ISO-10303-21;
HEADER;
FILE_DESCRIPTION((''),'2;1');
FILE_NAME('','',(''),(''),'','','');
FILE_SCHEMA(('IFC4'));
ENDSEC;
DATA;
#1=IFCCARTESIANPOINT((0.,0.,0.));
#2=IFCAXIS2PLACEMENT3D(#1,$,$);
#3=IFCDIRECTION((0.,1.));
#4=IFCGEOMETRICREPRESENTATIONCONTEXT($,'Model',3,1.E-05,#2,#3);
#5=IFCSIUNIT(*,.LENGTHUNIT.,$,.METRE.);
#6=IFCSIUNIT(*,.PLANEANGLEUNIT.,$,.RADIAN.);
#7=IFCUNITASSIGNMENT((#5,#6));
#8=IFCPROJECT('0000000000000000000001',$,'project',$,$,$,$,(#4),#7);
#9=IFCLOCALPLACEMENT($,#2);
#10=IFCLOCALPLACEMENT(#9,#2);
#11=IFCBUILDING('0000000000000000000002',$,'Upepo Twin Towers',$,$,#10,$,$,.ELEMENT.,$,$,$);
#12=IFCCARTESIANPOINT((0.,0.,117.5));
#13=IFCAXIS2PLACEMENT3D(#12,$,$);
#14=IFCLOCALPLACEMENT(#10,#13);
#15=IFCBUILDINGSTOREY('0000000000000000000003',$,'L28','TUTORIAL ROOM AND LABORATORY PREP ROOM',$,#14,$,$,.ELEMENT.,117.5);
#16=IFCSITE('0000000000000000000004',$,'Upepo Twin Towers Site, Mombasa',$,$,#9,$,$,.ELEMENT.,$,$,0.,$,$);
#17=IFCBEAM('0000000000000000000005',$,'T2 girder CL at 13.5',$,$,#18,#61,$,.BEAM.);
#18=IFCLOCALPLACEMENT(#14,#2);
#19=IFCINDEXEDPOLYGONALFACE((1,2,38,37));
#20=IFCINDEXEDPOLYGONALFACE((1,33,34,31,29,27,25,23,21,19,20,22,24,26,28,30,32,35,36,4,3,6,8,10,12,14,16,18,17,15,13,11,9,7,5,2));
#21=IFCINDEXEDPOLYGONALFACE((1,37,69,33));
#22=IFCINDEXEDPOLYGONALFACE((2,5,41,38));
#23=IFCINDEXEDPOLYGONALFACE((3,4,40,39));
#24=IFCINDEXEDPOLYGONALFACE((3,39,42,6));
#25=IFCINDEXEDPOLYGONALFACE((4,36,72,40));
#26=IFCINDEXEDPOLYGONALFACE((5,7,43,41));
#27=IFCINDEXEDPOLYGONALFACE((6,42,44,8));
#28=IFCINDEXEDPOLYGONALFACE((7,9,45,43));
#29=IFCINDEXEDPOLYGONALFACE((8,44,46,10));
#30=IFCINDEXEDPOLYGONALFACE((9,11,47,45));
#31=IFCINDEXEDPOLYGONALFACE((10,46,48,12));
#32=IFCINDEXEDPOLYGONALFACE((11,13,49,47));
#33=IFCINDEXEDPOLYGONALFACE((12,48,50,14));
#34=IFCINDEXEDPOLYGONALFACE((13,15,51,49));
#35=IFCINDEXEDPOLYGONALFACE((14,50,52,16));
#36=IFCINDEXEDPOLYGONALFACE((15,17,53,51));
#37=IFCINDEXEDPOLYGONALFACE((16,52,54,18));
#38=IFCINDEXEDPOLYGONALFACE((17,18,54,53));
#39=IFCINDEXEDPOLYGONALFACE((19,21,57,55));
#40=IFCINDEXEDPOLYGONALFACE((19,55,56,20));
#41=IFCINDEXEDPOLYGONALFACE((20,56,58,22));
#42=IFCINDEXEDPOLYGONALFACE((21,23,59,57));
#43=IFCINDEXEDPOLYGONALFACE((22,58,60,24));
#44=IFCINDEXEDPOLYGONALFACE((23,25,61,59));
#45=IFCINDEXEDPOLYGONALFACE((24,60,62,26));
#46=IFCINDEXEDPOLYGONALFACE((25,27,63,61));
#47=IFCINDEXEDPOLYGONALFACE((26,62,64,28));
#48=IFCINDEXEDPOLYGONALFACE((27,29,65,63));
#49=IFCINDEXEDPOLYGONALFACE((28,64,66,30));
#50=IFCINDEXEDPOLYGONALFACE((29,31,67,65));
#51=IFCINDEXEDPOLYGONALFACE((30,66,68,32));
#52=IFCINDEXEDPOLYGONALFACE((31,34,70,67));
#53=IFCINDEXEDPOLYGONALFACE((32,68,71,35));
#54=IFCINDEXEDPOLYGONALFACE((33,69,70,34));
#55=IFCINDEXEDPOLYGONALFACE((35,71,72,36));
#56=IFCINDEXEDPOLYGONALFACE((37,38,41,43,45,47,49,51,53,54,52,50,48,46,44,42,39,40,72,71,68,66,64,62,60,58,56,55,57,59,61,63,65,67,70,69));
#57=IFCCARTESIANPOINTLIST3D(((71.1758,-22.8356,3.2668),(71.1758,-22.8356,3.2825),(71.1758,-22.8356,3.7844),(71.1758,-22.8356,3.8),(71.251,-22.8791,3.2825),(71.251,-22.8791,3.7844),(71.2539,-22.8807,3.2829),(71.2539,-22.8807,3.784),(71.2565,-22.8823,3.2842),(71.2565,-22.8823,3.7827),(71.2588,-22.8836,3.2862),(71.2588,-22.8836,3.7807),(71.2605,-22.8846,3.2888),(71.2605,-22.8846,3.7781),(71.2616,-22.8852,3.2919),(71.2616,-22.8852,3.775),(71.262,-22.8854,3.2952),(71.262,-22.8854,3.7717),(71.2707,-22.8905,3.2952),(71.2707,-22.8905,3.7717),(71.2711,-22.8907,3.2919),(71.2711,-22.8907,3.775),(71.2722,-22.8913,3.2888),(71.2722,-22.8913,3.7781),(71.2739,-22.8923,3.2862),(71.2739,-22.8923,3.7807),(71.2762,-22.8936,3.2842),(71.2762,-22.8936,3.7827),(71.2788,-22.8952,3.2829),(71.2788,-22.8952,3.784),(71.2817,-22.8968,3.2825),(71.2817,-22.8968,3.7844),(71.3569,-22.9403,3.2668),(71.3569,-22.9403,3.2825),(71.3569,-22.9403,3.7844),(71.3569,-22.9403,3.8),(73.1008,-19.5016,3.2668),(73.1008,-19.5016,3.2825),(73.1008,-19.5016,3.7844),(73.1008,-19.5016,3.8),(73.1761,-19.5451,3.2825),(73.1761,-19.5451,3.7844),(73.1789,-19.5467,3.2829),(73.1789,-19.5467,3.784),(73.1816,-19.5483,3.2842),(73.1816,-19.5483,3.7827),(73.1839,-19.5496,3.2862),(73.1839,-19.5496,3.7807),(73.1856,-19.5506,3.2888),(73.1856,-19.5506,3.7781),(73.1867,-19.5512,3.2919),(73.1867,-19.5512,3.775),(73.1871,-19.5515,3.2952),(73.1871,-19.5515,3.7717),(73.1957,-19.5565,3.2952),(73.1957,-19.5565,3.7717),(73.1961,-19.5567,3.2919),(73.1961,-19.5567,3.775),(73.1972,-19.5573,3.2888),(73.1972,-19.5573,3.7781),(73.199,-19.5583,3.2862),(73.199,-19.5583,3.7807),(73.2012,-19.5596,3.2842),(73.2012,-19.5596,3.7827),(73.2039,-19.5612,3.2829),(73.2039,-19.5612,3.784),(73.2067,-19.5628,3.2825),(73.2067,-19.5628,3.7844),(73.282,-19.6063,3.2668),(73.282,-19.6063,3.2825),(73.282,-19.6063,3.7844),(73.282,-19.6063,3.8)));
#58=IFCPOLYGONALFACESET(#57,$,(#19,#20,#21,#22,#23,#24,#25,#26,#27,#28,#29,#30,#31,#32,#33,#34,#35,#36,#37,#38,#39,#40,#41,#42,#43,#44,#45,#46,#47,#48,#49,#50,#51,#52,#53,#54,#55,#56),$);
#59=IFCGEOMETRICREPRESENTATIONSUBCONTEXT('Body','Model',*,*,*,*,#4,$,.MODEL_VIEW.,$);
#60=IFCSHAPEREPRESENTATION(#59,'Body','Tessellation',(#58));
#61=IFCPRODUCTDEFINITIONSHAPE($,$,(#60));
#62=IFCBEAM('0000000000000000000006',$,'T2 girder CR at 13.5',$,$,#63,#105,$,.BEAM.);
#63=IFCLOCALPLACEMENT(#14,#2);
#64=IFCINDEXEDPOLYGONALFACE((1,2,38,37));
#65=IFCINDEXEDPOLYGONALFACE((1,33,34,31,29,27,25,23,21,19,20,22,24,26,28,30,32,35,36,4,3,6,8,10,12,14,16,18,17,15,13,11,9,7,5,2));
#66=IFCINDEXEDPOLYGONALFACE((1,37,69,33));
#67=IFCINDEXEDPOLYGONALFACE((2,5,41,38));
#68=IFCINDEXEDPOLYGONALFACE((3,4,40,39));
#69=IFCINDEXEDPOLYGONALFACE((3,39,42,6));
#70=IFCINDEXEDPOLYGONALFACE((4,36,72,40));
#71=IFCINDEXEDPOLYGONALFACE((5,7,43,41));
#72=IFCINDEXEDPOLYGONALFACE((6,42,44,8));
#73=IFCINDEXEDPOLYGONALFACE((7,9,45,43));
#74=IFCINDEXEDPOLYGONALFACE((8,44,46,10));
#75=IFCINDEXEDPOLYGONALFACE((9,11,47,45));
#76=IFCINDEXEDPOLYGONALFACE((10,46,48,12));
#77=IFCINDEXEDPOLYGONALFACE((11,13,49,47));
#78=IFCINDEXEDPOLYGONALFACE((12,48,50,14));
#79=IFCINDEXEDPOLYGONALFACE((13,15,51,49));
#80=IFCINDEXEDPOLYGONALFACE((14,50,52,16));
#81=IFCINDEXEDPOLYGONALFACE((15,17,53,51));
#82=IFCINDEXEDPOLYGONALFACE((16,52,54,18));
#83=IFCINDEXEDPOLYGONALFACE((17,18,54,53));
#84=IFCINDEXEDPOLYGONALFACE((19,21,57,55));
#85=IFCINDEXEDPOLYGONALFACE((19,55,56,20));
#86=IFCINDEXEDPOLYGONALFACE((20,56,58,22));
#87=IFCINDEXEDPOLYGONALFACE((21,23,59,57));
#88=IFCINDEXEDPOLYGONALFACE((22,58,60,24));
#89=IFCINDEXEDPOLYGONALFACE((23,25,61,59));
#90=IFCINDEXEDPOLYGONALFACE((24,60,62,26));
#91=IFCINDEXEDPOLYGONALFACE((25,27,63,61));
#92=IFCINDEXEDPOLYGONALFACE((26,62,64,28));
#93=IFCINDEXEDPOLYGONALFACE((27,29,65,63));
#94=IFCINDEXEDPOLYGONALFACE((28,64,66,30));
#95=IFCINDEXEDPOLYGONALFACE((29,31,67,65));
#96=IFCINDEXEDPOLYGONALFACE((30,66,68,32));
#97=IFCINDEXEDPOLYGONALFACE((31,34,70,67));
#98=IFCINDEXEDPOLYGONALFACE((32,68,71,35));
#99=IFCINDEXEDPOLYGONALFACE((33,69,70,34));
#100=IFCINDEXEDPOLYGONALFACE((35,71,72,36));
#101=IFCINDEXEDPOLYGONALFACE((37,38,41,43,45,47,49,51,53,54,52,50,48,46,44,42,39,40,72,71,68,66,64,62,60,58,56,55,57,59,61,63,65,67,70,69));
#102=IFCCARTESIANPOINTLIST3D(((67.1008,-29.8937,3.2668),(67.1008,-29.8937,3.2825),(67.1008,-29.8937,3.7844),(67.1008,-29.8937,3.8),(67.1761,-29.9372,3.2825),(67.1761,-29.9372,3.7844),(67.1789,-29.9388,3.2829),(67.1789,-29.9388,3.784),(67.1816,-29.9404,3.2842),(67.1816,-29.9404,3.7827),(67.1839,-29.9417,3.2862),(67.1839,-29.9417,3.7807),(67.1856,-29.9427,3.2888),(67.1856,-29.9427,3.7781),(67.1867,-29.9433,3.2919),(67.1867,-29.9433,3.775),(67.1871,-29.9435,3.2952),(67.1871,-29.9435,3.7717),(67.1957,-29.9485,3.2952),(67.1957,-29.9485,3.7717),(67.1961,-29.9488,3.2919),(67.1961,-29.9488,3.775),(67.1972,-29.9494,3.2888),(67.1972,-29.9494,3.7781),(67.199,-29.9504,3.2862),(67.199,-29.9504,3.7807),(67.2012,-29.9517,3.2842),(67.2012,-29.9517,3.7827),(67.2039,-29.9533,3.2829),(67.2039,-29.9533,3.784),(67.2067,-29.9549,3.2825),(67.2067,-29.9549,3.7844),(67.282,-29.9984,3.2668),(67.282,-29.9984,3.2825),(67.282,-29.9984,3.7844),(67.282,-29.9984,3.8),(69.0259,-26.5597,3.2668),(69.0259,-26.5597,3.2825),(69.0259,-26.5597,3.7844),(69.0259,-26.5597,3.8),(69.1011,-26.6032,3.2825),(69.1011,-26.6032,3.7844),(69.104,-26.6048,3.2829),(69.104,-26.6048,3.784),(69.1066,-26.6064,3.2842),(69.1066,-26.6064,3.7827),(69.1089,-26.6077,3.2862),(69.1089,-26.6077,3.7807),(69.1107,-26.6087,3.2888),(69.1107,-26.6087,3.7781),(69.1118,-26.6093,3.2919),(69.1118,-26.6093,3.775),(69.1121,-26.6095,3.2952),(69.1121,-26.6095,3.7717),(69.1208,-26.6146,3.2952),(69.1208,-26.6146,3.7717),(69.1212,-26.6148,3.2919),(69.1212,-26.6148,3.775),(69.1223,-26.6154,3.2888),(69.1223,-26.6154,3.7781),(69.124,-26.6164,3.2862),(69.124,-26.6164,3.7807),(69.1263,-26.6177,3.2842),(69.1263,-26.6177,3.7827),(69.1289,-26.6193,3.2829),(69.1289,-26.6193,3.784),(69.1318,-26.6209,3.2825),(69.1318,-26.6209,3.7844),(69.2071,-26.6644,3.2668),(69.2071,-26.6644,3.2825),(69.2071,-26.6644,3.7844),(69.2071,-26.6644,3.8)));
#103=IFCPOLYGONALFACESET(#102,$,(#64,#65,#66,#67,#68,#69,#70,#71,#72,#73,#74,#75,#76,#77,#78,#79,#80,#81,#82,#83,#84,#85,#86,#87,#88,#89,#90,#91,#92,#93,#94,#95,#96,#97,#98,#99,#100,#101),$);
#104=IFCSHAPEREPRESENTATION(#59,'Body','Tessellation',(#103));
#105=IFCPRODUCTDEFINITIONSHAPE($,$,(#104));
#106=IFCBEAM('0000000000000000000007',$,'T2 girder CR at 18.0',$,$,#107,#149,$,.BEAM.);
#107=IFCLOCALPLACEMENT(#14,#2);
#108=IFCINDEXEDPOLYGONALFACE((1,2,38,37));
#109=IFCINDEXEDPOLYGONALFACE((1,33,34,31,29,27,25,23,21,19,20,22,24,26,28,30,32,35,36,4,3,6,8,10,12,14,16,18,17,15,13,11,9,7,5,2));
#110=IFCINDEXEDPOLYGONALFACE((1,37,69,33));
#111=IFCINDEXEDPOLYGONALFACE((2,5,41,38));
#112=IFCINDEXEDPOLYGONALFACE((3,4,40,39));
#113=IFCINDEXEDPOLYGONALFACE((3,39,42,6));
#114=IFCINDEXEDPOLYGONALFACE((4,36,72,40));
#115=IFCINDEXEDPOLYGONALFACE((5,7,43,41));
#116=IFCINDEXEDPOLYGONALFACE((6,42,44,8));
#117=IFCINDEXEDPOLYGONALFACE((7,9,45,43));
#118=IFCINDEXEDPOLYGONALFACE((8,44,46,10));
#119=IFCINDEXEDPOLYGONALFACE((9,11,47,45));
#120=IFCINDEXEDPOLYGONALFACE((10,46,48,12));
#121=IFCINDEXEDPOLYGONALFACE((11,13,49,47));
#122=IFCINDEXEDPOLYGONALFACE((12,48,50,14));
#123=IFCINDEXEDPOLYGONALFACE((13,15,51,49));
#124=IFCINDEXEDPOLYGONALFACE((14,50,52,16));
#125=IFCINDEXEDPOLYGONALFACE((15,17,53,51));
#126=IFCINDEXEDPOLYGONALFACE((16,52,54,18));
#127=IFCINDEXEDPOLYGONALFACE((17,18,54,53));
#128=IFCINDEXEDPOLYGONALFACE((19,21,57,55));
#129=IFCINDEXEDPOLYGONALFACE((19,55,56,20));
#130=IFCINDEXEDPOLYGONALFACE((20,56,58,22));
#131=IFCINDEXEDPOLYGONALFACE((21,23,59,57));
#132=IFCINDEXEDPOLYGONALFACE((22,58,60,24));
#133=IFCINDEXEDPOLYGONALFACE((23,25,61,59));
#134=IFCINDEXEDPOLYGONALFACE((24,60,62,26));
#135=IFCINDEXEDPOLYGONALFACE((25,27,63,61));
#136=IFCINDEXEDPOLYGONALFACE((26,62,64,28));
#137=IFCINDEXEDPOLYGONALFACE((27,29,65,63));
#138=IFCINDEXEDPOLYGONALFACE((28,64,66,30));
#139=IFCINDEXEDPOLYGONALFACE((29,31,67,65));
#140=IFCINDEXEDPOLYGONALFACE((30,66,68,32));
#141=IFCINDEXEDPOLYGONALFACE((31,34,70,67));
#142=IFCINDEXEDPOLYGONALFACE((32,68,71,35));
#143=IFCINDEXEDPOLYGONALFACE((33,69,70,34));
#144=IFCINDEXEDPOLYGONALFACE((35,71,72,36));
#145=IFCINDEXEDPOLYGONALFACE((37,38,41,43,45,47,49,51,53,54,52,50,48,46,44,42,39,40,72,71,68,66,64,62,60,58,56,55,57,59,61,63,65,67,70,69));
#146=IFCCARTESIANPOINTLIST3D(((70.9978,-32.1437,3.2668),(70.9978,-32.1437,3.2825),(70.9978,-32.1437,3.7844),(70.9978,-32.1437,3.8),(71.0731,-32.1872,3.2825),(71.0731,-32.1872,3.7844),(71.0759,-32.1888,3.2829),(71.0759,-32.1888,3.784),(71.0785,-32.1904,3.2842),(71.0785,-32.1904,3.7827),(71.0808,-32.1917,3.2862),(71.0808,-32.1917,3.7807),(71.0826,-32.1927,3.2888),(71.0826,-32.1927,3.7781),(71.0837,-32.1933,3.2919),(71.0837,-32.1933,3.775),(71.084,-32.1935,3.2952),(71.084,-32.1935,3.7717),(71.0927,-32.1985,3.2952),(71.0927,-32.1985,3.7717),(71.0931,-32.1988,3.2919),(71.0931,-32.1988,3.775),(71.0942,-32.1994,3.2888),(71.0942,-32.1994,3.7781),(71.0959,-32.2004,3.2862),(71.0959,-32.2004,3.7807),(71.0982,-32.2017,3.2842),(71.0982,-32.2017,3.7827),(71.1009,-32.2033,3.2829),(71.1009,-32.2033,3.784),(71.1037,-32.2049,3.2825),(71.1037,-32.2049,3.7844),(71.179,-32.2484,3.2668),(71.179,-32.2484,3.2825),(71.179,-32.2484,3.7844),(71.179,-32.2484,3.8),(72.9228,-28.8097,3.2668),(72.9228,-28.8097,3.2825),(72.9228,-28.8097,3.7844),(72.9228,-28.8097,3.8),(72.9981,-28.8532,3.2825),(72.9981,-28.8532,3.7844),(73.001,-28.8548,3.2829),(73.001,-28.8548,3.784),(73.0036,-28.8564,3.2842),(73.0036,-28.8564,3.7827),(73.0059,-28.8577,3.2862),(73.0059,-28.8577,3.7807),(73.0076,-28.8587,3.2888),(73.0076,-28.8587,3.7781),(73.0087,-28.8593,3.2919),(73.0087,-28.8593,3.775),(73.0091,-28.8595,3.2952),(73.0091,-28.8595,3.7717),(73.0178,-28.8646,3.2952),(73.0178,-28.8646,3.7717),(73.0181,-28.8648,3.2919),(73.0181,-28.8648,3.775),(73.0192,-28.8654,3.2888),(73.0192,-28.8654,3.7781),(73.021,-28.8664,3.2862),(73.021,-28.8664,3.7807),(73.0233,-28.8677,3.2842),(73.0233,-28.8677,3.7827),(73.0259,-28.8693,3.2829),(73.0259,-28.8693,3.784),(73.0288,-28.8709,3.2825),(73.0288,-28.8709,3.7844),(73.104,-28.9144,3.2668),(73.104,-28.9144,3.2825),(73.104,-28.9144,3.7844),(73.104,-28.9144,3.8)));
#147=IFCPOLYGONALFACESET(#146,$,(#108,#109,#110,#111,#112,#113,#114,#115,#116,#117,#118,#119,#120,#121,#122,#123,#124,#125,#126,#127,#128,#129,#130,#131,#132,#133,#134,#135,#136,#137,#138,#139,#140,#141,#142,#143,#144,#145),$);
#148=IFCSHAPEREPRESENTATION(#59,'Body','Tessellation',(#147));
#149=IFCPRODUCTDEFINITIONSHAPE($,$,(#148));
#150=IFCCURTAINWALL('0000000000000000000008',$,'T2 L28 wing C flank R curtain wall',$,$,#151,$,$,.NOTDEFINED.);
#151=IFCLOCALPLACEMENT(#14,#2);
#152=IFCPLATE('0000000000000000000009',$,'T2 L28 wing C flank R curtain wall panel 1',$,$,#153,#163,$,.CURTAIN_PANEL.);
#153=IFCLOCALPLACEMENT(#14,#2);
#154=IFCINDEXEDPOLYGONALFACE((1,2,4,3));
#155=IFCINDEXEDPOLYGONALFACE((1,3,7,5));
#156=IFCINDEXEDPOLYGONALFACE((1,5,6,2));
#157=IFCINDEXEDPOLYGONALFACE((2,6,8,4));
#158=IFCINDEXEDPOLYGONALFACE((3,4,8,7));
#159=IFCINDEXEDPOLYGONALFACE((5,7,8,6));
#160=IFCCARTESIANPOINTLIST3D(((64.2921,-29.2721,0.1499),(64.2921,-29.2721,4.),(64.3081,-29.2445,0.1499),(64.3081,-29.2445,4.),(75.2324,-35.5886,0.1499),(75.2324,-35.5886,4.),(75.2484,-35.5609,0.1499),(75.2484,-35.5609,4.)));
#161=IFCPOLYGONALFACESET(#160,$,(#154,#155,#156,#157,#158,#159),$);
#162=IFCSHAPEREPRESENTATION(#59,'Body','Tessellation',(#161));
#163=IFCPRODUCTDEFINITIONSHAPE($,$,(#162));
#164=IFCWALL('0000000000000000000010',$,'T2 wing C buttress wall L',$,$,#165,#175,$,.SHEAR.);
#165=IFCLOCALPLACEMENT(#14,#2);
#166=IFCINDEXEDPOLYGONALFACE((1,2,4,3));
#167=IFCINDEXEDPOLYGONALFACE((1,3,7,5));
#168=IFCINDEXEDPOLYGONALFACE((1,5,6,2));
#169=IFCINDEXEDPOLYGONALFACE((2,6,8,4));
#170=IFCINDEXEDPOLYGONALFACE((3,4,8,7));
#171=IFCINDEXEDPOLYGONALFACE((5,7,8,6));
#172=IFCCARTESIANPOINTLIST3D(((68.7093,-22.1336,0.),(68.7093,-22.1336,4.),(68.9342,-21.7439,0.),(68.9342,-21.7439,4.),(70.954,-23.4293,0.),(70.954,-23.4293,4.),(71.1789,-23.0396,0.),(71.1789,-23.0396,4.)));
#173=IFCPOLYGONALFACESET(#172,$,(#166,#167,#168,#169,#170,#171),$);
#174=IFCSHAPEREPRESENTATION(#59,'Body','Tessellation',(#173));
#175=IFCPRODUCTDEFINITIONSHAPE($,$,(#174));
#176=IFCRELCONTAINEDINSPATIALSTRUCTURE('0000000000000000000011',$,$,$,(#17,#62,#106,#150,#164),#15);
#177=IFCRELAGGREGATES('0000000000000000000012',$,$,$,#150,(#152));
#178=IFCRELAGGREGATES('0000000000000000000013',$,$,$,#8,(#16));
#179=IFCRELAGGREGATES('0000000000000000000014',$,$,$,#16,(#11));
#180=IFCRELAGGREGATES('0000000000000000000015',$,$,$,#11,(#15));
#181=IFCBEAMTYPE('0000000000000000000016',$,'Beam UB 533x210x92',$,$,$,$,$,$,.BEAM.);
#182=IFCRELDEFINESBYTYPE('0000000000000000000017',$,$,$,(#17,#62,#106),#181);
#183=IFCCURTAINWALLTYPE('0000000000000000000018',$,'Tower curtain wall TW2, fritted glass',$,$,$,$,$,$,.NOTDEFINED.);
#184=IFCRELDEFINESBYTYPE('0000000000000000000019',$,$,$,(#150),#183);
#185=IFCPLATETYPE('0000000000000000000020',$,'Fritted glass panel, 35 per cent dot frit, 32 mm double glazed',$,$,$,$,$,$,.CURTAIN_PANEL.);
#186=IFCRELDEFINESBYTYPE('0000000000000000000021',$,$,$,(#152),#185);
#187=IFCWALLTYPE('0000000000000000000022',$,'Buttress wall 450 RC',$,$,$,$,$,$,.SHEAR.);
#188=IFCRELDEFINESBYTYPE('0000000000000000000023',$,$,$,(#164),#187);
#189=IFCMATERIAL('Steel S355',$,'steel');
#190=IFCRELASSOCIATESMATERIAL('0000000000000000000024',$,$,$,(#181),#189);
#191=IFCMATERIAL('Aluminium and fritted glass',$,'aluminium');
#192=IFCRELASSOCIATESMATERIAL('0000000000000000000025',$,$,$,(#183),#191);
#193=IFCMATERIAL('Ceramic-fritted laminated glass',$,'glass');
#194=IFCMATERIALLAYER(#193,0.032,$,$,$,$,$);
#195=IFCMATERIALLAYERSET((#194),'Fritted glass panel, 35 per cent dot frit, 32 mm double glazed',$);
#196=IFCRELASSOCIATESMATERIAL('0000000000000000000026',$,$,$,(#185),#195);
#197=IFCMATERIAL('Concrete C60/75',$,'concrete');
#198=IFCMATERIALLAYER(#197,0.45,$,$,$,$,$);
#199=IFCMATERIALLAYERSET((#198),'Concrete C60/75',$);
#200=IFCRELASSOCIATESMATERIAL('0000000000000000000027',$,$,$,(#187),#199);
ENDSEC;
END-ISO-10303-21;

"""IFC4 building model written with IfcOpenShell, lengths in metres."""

from ifc_helpers import new_model, si_unit, direction, frame, frame_2d, origin, origin_2d, place, context, subcontext, project, spatial, rectangle, i_section, extrude, material, layer, layer_set, material_profile, profile_set, type_object, element, aggregate, save


model = new_model("IFC4")

# Units and contexts
model_context = context("Model", 3, precision=1e-05, world=origin(), true_north=direction((0.0, 1.0)))
body_context = subcontext(model_context, "Body", "Model", "MODEL_VIEW")
ifc_project = project(units=[si_unit("LENGTHUNIT", "METRE"), si_unit("PLANEANGLEUNIT", "RADIAN")], contexts=[model_context])

# Site, building, storey
site_placement = place(None, origin())
site = spatial("IfcSite", under=ifc_project, at=site_placement, Name="Upepo Twin Towers Site, Mombasa", CompositionType="ELEMENT", RefElevation=0.0)
building_placement = place(site_placement, origin())
building = spatial("IfcBuilding", under=site, at=building_placement, Name="Upepo Twin Towers", CompositionType="ELEMENT")
storey_placement = place(building_placement, frame((0.0, 0.0, 117.5)))
storey = spatial("IfcBuildingStorey", under=building, at=storey_placement, Name="L28", Description="TUTORIAL ROOM AND LABORATORY PREP ROOM", CompositionType="ELEMENT", Elevation=117.5)

# Beams
ifc_material_1 = material(Name="Steel S355", Category="steel")
ifc_material_profile_1 = material_profile(ifc_material_1, i_section(OverallWidth=0.2092, OverallDepth=0.5332, WebThickness=0.01, FlangeThickness=0.0156, FilletRadius=0.0127, at=origin_2d()), Name="UB 533x210x92")
ifc_profile_set_1 = profile_set([ifc_material_profile_1], Name="Steel S355")
beam_type_1 = type_object("IfcBeamType", Name="Beam UB 533x210x92", PredefinedType="BEAM", material=ifc_profile_set_1)
for number, where, z_axis, x_axis, name in (
    (1, (73.1914, -19.554, 3.5334), (-0.500034, -0.866006, 0.0), (0.866006, -0.500034, 0.0), "T2 girder CL at 13.5"),
    (2, (67.1914, -29.946, 3.5334), (0.500034, 0.866006, 0.0), (-0.866006, 0.500034, 0.0), "T2 girder CR at 13.5"),
    (3, (71.0884, -32.196, 3.5334), (0.500034, 0.866006, 0.0), (-0.866006, 0.500034, 0.0), "T2 girder CR at 18.0"),
):
    element("IfcBeam", number, at=place(storey_placement, frame(where, z_axis=z_axis, x_axis=x_axis)), inside=storey, type_object=beam_type_1, Name=name, PredefinedType="BEAM", context=body_context, shape_type="SweptSolid", body=[
        extrude(i_section(OverallWidth=0.2092, OverallDepth=0.5332, WebThickness=0.01, FlangeThickness=0.0156, FilletRadius=0.0127, at=origin_2d()), origin(), (0.0, 0.0, 1.0), 3.8499),
    ])

# Curtain wall, plate
ifc_material_2 = material(Name="Aluminium and fritted glass", Category="aluminium")
curtain_wall_type = type_object("IfcCurtainWallType", Name="Tower curtain wall TW2, fritted glass", PredefinedType="NOTDEFINED", material=ifc_material_2)
curtain_wall_placement = place(storey_placement, origin())
curtain_wall = element("IfcCurtainWall", 4, at=curtain_wall_placement, inside=storey, type_object=curtain_wall_type, Name="T2 L28 wing C flank R curtain wall", PredefinedType="NOTDEFINED")
ifc_material_3 = material(Name="Ceramic-fritted laminated glass", Category="glass")
ifc_layer_1 = layer(ifc_material_3, 0.032)
ifc_layer_set_1 = layer_set([ifc_layer_1], Name="Fritted glass panel, 35 per cent dot frit, 32 mm double glazed")
plate_type = type_object("IfcPlateType", Name="Fritted glass panel, 35 per cent dot frit, 32 mm double glazed", PredefinedType="CURTAIN_PANEL", material=ifc_layer_set_1)
plate_placement = place(storey_placement, frame((69.7703, -32.4165, 0.1499), z_axis=(0.0, 0.0, 1.0), x_axis=(-0.866025, 0.5, 0.0)))
plate = element("IfcPlate", 5, at=plate_placement, type_object=plate_type, Name="T2 L28 wing C flank R curtain wall panel 1", PredefinedType="CURTAIN_PANEL", context=body_context, shape_type="SweptSolid", body=[
    extrude(rectangle(XDim=12.6328, YDim=0.032, at=origin_2d()), origin(), (0.0, 0.0, 1.0), 3.8501),
])
aggregate(curtain_wall, [plate])

# Wall
ifc_material_4 = material(Name="Concrete C60/75", Category="concrete")
ifc_layer_2 = layer(ifc_material_4, 0.45)
ifc_layer_set_2 = layer_set([ifc_layer_2], Name="Concrete C60/75")
wall_type_1 = type_object("IfcWallType", Name="Buttress wall 450 RC", PredefinedType="SHEAR", material=ifc_layer_set_2)
wall_1_placement = place(storey_placement, frame((68.8218, -21.9387, 0.0), z_axis=(0.0, 0.0, 1.0), x_axis=(0.866073, -0.499918, 0.0)))
element("IfcWall", 6, at=wall_1_placement, inside=storey, type_object=wall_type_1, Name="T2 wing C buttress wall L", PredefinedType="SHEAR", context=body_context, shape_type="SweptSolid", body=[
    extrude(rectangle(XDim=2.5918, YDim=0.45, at=frame_2d((1.2959, 0.0))), origin(), (0.0, 0.0, 1.0), 4.0),
])

save(model, "model.ifc")
